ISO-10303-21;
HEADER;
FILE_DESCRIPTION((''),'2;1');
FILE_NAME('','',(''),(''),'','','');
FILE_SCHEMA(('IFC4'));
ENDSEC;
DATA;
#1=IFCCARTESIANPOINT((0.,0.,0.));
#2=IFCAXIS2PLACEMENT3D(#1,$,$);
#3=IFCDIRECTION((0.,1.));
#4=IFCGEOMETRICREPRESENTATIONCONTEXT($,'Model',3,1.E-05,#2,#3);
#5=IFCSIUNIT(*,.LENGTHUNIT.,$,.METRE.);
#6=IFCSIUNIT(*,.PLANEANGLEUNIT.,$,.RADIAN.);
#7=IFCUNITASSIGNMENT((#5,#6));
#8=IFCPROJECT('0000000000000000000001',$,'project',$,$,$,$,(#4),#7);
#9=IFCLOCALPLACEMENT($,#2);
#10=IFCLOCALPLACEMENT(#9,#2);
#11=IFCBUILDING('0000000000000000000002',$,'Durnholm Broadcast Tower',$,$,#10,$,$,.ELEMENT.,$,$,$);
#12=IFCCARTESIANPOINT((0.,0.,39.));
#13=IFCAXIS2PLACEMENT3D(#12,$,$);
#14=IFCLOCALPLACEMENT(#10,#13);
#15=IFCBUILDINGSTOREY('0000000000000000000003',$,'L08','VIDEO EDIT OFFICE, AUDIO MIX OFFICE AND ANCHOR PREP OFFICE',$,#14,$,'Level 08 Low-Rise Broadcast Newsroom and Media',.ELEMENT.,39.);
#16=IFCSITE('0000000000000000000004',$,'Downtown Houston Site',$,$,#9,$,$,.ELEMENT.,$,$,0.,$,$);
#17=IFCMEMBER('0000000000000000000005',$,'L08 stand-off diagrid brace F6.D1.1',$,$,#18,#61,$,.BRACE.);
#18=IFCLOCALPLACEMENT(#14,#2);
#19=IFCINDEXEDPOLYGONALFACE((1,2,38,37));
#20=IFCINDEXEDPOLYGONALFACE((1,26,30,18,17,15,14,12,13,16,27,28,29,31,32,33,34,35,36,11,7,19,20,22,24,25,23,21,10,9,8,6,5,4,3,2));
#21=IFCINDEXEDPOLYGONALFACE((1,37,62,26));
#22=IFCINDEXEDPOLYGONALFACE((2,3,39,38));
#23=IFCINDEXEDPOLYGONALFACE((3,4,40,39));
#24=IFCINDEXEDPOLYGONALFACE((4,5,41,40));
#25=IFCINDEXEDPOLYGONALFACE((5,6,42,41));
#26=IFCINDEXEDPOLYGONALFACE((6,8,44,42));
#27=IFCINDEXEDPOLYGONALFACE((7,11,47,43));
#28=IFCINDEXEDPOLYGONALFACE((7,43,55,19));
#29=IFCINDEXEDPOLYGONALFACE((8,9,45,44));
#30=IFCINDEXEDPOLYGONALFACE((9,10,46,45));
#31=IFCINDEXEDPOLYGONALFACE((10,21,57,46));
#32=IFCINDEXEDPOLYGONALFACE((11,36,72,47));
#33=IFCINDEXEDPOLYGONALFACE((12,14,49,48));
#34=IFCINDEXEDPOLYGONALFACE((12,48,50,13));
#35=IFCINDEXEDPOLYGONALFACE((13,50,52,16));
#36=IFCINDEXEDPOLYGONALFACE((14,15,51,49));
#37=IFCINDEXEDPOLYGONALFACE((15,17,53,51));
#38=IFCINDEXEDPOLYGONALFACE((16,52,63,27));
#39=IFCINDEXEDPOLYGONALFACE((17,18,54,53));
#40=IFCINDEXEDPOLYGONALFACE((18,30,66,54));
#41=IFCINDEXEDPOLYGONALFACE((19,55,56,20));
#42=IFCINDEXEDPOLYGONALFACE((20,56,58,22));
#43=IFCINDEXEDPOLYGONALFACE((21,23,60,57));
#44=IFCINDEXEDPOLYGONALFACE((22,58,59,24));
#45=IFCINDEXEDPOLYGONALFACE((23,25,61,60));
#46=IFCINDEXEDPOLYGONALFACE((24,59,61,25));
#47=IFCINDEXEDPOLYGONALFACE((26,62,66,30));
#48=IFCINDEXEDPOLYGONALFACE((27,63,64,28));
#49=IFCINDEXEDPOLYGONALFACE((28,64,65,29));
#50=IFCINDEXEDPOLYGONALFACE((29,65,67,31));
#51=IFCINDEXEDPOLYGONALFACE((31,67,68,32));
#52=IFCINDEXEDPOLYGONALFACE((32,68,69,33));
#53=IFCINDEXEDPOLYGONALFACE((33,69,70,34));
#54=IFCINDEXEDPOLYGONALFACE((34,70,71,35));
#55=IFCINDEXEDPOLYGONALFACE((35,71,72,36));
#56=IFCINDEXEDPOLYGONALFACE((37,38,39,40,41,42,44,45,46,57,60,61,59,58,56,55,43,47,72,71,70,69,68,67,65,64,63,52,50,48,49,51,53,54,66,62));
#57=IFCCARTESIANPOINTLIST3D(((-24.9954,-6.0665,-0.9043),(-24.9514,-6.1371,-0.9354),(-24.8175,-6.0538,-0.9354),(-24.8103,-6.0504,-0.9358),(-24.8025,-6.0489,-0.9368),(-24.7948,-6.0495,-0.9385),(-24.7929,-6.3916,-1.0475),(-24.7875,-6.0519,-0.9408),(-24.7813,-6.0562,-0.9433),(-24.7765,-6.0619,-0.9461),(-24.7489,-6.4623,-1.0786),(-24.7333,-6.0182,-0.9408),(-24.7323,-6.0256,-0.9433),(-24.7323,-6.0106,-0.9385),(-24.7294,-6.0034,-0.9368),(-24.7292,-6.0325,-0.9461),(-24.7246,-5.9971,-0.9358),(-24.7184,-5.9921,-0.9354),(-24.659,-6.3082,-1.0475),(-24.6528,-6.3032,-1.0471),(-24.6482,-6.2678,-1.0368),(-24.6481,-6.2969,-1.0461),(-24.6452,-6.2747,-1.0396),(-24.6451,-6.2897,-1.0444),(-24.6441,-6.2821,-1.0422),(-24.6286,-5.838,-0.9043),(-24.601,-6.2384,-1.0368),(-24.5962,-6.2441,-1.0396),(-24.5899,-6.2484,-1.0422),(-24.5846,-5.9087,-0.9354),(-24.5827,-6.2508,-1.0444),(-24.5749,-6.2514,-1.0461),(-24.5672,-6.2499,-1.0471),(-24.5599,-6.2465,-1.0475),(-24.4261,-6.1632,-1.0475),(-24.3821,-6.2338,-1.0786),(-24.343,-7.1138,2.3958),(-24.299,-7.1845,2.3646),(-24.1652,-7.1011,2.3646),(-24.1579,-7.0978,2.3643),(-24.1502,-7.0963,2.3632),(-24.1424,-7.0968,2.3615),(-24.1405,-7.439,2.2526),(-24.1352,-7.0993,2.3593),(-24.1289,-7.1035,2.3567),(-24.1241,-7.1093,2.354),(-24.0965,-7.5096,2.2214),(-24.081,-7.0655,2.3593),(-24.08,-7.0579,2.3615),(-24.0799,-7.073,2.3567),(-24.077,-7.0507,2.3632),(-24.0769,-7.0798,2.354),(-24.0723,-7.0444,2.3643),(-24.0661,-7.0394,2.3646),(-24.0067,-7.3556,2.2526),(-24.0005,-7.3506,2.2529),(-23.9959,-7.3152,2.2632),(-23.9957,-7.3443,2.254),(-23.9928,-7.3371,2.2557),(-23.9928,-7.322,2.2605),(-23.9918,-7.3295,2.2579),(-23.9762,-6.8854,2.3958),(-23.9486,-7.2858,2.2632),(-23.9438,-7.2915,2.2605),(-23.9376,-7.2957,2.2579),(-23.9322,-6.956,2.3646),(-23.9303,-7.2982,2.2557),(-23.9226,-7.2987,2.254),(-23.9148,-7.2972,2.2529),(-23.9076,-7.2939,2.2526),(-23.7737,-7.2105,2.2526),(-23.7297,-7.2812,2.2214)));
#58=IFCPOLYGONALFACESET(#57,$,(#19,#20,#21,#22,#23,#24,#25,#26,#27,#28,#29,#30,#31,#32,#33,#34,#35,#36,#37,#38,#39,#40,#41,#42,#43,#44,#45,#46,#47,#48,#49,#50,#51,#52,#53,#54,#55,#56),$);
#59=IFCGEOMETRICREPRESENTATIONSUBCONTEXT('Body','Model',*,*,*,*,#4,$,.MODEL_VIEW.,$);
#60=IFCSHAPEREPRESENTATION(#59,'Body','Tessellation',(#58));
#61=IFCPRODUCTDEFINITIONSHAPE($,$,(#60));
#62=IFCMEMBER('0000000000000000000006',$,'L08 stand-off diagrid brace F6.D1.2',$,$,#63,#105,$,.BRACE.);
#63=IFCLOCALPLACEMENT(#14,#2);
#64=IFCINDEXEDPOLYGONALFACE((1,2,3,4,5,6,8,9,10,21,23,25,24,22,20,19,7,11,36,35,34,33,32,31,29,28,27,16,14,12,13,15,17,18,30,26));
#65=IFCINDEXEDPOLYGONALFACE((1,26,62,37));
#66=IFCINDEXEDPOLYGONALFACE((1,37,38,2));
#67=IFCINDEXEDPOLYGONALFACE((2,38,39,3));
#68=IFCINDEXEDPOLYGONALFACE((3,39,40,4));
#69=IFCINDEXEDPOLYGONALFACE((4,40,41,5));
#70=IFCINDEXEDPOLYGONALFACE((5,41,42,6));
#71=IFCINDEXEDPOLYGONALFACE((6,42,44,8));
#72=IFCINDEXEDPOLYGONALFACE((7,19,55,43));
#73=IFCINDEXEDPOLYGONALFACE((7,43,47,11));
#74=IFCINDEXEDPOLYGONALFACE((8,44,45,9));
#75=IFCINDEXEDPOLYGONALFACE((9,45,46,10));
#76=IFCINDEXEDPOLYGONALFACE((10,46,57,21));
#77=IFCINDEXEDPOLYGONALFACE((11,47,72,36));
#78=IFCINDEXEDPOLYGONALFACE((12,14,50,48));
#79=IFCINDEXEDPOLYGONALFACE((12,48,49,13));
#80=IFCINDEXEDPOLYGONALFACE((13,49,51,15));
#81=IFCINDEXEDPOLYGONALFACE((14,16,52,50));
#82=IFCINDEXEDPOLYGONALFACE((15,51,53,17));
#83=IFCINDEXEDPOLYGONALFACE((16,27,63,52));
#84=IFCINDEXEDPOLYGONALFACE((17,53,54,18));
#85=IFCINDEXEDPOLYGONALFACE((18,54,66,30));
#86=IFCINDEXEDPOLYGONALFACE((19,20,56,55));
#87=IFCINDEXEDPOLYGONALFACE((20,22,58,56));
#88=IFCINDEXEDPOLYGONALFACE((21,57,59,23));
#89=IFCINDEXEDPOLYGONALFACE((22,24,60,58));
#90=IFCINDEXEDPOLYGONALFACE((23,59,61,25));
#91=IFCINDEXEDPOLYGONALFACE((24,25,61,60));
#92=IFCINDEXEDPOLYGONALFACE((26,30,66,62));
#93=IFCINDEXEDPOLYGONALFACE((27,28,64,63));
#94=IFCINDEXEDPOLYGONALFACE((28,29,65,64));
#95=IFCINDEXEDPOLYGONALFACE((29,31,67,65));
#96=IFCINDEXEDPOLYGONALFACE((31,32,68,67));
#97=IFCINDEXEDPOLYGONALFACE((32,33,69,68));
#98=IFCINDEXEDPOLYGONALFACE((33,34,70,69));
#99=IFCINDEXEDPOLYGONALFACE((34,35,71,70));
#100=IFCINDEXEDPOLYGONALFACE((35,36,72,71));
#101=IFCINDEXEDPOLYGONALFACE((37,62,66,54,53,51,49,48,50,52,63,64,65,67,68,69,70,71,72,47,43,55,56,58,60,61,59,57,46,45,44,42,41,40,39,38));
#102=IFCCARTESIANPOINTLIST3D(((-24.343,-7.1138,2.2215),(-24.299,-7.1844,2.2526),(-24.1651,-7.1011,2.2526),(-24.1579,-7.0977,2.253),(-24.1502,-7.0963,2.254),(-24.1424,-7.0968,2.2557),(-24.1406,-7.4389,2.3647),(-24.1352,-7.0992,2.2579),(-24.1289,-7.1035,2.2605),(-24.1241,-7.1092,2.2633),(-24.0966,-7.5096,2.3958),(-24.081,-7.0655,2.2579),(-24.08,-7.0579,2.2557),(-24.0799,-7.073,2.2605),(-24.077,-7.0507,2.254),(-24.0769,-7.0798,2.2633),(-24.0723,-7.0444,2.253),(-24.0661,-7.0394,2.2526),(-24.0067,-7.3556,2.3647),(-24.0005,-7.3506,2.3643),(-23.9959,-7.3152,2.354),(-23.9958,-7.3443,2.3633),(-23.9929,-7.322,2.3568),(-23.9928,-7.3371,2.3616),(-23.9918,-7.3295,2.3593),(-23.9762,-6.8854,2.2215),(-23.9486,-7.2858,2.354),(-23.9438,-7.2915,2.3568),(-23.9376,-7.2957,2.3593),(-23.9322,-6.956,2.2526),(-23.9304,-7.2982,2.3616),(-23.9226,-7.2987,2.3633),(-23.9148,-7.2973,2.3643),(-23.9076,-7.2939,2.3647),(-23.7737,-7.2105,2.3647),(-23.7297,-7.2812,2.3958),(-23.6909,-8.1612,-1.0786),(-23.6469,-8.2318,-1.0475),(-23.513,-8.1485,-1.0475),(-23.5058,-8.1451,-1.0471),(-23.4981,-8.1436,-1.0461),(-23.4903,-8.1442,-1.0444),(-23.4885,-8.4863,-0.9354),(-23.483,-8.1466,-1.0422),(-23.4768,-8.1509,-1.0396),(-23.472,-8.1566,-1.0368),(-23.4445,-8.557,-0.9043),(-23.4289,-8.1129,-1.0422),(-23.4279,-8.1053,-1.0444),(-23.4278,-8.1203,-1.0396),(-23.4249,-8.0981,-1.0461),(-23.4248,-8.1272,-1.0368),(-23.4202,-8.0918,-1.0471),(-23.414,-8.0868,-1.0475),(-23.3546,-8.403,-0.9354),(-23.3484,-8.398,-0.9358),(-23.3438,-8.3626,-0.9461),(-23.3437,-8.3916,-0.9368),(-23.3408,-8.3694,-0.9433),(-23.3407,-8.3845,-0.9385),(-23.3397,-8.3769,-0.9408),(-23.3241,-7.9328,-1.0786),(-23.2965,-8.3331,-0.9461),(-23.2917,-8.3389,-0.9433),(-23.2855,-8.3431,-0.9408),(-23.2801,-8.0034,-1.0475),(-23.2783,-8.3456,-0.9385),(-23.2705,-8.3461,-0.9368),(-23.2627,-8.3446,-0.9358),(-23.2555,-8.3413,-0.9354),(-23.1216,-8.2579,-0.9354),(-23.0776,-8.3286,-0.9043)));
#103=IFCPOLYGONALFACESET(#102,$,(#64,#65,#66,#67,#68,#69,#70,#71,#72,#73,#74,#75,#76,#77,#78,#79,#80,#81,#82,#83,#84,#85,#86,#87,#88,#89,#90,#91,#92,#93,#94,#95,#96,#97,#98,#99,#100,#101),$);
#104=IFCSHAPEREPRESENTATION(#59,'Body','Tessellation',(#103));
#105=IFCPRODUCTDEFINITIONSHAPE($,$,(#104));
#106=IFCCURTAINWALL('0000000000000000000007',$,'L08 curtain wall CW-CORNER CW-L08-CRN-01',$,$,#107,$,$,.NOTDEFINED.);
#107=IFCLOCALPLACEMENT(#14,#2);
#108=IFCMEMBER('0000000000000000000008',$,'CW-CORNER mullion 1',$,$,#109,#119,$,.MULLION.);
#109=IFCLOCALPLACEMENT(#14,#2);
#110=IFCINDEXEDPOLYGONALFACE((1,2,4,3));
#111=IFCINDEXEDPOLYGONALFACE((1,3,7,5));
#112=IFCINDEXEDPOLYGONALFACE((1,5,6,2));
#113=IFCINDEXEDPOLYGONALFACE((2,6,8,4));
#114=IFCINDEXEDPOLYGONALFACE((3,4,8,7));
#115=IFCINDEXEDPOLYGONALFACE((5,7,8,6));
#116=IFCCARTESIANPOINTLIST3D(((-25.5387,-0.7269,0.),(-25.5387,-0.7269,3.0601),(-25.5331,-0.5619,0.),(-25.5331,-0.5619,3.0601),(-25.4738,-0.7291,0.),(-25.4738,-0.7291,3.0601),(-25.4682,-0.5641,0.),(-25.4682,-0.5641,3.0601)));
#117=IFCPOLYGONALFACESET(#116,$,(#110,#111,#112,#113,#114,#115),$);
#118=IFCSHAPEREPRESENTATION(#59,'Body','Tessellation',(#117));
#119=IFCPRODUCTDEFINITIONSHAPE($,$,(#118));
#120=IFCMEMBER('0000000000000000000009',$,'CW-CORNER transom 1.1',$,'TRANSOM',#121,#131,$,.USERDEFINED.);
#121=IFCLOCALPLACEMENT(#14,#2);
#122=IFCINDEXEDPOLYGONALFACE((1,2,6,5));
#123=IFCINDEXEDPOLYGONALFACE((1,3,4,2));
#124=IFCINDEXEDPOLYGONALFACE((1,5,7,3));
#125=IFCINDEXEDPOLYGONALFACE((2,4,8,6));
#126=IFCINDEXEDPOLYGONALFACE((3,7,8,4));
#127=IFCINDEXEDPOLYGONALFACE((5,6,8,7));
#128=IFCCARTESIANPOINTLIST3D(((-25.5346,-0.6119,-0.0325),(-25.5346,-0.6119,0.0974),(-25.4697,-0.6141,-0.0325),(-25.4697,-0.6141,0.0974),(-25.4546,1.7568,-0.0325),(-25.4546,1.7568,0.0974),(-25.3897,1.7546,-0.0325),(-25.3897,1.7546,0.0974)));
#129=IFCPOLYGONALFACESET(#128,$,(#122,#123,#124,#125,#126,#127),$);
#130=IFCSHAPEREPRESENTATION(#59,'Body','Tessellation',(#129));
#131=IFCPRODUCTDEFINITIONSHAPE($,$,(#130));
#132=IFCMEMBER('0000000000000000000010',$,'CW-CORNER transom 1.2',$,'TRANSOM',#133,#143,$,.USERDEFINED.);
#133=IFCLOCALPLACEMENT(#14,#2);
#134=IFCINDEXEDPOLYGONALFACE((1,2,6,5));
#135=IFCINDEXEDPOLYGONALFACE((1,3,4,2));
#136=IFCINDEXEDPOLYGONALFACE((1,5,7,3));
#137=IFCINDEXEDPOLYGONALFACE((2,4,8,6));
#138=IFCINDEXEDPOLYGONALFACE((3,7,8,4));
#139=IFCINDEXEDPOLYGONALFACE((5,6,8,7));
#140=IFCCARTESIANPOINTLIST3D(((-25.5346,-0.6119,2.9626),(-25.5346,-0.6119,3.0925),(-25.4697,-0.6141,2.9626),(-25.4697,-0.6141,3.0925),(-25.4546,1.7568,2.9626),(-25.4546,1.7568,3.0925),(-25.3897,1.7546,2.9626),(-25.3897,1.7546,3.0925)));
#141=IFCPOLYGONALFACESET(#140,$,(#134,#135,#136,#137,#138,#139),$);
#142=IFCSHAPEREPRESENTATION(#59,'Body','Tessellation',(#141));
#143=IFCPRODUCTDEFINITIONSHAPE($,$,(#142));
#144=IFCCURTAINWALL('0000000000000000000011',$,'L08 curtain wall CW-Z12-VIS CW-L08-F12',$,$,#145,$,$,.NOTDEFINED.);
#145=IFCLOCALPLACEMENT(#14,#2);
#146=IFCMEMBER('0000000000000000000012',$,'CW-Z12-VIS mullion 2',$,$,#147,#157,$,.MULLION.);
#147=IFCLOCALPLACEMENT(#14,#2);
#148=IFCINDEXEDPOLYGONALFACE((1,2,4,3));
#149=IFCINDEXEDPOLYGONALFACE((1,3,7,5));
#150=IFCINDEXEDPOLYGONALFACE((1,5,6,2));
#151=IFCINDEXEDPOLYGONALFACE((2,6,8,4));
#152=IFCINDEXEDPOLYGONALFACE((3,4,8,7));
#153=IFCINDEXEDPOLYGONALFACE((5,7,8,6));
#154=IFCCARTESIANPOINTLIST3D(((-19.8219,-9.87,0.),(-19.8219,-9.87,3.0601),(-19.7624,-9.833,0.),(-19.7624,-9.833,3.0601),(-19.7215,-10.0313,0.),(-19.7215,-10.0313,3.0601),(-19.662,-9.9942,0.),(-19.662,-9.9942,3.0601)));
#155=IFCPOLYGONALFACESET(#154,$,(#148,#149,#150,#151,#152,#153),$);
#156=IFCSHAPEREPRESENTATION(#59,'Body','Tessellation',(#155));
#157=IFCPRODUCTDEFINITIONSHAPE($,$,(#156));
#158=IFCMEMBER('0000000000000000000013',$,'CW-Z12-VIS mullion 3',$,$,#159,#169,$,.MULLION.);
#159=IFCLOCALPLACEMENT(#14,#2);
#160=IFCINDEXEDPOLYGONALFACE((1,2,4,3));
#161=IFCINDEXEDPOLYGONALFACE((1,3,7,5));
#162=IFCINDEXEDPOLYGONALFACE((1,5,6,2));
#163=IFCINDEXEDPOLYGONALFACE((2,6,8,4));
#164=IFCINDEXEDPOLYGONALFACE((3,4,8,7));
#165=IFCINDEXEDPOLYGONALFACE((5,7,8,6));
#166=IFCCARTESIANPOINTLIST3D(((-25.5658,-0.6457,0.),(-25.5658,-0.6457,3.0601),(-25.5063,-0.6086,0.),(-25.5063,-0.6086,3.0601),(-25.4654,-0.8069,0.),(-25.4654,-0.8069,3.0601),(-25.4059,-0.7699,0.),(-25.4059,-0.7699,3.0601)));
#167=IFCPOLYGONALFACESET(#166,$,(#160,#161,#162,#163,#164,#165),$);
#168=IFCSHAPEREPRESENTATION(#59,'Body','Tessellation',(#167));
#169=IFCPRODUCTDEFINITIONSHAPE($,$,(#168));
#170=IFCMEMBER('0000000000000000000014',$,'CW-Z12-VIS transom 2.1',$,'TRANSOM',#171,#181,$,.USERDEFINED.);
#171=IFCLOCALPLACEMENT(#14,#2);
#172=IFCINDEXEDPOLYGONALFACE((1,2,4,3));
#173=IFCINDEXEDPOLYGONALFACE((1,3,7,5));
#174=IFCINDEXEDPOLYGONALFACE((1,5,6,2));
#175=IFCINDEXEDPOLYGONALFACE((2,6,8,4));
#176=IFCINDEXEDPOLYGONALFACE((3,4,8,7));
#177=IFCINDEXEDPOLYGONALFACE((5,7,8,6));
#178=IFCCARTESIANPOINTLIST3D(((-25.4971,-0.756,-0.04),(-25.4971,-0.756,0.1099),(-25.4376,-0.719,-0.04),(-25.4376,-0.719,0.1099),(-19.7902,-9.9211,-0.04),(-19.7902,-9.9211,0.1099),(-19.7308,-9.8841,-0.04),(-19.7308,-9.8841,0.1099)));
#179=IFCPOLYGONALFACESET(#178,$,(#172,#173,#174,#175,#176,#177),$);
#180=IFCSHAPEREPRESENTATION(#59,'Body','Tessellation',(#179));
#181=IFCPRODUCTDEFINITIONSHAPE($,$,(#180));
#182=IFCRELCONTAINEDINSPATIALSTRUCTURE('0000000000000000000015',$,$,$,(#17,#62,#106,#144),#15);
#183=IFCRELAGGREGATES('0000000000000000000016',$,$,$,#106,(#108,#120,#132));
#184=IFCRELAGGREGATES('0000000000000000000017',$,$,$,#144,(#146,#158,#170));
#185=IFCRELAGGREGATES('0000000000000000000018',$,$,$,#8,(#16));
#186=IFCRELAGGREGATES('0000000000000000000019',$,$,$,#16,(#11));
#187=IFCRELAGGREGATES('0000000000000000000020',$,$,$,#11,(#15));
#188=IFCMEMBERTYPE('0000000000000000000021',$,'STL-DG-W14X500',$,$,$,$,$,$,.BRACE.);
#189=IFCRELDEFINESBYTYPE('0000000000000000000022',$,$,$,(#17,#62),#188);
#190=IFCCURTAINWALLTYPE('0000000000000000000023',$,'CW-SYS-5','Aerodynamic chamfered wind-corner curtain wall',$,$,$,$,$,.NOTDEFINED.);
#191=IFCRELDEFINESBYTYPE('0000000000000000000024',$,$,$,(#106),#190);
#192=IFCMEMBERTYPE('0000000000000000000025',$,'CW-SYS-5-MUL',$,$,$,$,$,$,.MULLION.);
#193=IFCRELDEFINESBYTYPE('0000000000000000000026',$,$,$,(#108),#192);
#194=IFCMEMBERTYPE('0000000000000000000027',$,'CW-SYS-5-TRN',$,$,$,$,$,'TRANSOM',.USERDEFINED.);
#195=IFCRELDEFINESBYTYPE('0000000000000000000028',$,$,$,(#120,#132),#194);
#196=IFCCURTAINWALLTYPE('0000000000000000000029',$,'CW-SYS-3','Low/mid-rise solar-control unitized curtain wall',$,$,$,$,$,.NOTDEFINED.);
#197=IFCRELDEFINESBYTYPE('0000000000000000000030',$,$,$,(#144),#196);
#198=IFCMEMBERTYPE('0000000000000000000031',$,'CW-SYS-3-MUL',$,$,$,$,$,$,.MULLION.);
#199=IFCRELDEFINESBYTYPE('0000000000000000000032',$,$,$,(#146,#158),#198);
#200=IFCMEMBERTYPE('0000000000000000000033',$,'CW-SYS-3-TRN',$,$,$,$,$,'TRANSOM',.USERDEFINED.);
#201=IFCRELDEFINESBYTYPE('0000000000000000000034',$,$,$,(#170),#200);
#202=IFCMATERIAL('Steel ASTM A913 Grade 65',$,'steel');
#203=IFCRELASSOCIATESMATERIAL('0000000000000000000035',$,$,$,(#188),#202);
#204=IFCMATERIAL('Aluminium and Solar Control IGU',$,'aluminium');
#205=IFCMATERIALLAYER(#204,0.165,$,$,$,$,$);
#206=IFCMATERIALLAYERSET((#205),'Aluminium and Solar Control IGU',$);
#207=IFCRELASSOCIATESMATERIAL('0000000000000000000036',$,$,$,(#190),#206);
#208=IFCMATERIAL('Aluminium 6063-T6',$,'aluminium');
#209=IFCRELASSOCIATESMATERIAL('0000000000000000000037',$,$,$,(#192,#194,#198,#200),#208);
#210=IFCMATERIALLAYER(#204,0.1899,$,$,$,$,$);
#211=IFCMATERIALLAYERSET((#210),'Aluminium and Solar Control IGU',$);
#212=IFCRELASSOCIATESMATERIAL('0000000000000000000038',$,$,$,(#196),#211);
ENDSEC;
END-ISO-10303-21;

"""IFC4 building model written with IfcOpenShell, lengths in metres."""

from ifc_helpers import new_model, si_unit, direction, frame, origin, origin_2d, place, context, subcontext, project, spatial, rectangle, i_section, extrude, source, transform, mapped, material, layer, layer_set, material_profile, profile_set, type_object, type_shapes, element, aggregate, save


model = new_model("IFC4")

# Units and contexts
model_context = context("Model", 3, precision=1e-05, world=origin(), true_north=direction((0.0, 1.0)))
body_context = subcontext(model_context, "Body", "Model", "MODEL_VIEW")
ifc_project = project(units=[si_unit("LENGTHUNIT", "METRE"), si_unit("PLANEANGLEUNIT", "RADIAN")], contexts=[model_context])

# Site, building, storey
site_placement = place(None, origin())
site = spatial("IfcSite", under=ifc_project, at=site_placement, Name="Downtown Houston Site", CompositionType="ELEMENT", RefElevation=0.0)
building_placement = place(site_placement, origin())
building = spatial("IfcBuilding", under=site, at=building_placement, Name="Durnholm Broadcast Tower", CompositionType="ELEMENT")
storey_placement = place(building_placement, frame((0.0, 0.0, 39.0)))
storey = spatial("IfcBuildingStorey", under=building, at=storey_placement, Name="L08", Description="VIDEO EDIT OFFICE, AUDIO MIX OFFICE AND ANCHOR PREP OFFICE", LongName="Level 08 Low-Rise Broadcast Newsroom and Media", CompositionType="ELEMENT", Elevation=39.0)

# Members
ifc_material_1 = material(Name="Steel ASTM A913 Grade 65", Category="steel")
ifc_material_profile_1 = material_profile(ifc_material_1, i_section(OverallWidth=0.4321, OverallDepth=0.4978, WebThickness=0.0557, FlangeThickness=0.0889, FilletRadius=0.0305, at=origin_2d()), Name="W14X500")
ifc_profile_set_1 = profile_set([ifc_material_profile_1], Name="Steel ASTM A913 Grade 65")
member_type_1 = type_object("IfcMemberType", Name="STL-DG-W14X500", PredefinedType="BRACE", material=ifc_profile_set_1)
shared_shape_1 = source(origin(), body_context, "Body", "SweptSolid", [
    extrude(i_section(OverallWidth=0.4321, OverallDepth=0.4978, WebThickness=0.0557, FlangeThickness=0.0889, FilletRadius=0.0305, at=origin_2d()), origin(), (0.0, 0.0, 1.0), 3.5232),
])
type_shapes(member_type_1, [shared_shape_1])
for number, where, z_axis, x_axis, name in (
    (1, (-24.6887, -6.1501, -0.9915), (0.185157, -0.297277, 0.936666), (0.84882, 0.528682, 0.0), "L08 stand-off diagrid brace F6.D1.1"),
    (2, (-23.3843, -8.2449, -0.9915), (-0.18509, 0.297281, 0.936678), (-0.848909, -0.52854, 0.0), "L08 stand-off diagrid brace F6.D1.2"),
):
    element("IfcMember", number, at=place(storey_placement, frame(where, z_axis=z_axis, x_axis=x_axis)), inside=storey, type_object=member_type_1, Name=name, PredefinedType="BRACE", context=body_context, shape_type="MappedRepresentation", body=[
        mapped(shared_shape_1, transform((0.0, 0.0, 0.0), x_axis=(1.0, 0.0, 0.0), y_axis=(0.0, 1.0, 0.0), z_axis=(0.0, 0.0, 1.0), scale=1.0)),
    ])

# Curtain walls, members
ifc_material_2 = material(Name="Aluminium and Solar Control IGU", Category="aluminium")
ifc_layer_1 = layer(ifc_material_2, 0.165)
ifc_layer_set_1 = layer_set([ifc_layer_1], Name="Aluminium and Solar Control IGU")
curtain_wall_type_1 = type_object("IfcCurtainWallType", Name="CW-SYS-5", Description="Aerodynamic chamfered wind-corner curtain wall", PredefinedType="NOTDEFINED", material=ifc_layer_set_1)
curtain_wall_1_placement = place(storey_placement, origin())
curtain_wall_1 = element("IfcCurtainWall", 3, at=curtain_wall_1_placement, inside=storey, type_object=curtain_wall_type_1, Name="L08 curtain wall CW-CORNER CW-L08-CRN-01", PredefinedType="NOTDEFINED")
ifc_material_3 = material(Name="Aluminium 6063-T6", Category="aluminium")
ifc_material_profile_2 = material_profile(ifc_material_3, rectangle(XDim=0.0649, YDim=0.165, at=origin_2d()), Name="CWM65X165")
ifc_profile_set_2 = profile_set([ifc_material_profile_2], Name="Aluminium 6063-T6")
member_type_2 = type_object("IfcMemberType", Name="CW-SYS-5-MUL", PredefinedType="MULLION", material=ifc_profile_set_2)
shared_shape_2 = source(origin(), body_context, "Body", "SweptSolid", [
    extrude(rectangle(XDim=0.0649, YDim=0.165, at=origin_2d()), origin(), (0.0, 0.0, 1.0), 3.0601),
])
type_shapes(member_type_2, [shared_shape_2])
member_1_placement = place(storey_placement, frame((-25.5034, -0.6455, 0.0), z_axis=(0.0, 0.0, 1.0), x_axis=(-0.999427, 0.03384, 0.0)))
member_1 = element("IfcMember", 4, at=member_1_placement, type_object=member_type_2, Name="CW-CORNER mullion 1", PredefinedType="MULLION", context=body_context, shape_type="MappedRepresentation", body=[
    mapped(shared_shape_2, transform((0.0, 0.0, 0.0), x_axis=(1.0, 0.0, 0.0), y_axis=(0.0, 1.0, 0.0), z_axis=(0.0, 0.0, 1.0), scale=1.0)),
])
ifc_material_profile_3 = material_profile(ifc_material_3, rectangle(XDim=0.0649, YDim=0.1299, at=origin_2d()), Name="CWT65X130")
ifc_profile_set_3 = profile_set([ifc_material_profile_3], Name="Aluminium 6063-T6")
member_type_3 = type_object("IfcMemberType", Name="CW-SYS-5-TRN", ElementType="TRANSOM", PredefinedType="USERDEFINED", material=ifc_profile_set_3)
shared_shape_3 = source(origin(), body_context, "Body", "SweptSolid", [
    extrude(rectangle(XDim=0.0649, YDim=0.1299, at=origin_2d()), origin(), (0.0, 0.0, 1.0), 2.3701),
])
type_shapes(member_type_3, [shared_shape_3])
member_2_placement = place(storey_placement, frame((-25.5022, -0.613, 0.0325), z_axis=(0.033788, 0.999429, 0.0), x_axis=(-0.999429, 0.033788, 0.0)))
member_2 = element("IfcMember", 5, at=member_2_placement, type_object=member_type_3, Name="CW-CORNER transom 1.1", ObjectType="TRANSOM", PredefinedType="USERDEFINED", context=body_context, shape_type="MappedRepresentation", body=[
    mapped(shared_shape_3, transform((0.0, 0.0, 0.0), x_axis=(1.0, 0.0, 0.0), y_axis=(0.0, 1.0, 0.0), z_axis=(0.0, 0.0, 1.0), scale=1.0)),
])
member_3_placement = place(storey_placement, frame((-25.5022, -0.613, 3.0276), z_axis=(0.033788, 0.999429, 0.0), x_axis=(-0.999429, 0.033788, 0.0)))
member_3 = element("IfcMember", 6, at=member_3_placement, type_object=member_type_3, Name="CW-CORNER transom 1.2", ObjectType="TRANSOM", PredefinedType="USERDEFINED", context=body_context, shape_type="MappedRepresentation", body=[
    mapped(shared_shape_3, transform((0.0, 0.0, 0.0), x_axis=(1.0, 0.0, 0.0), y_axis=(0.0, 1.0, 0.0), z_axis=(0.0, 0.0, 1.0), scale=1.0)),
])
aggregate(curtain_wall_1, [member_1, member_2, member_3])
ifc_layer_2 = layer(ifc_material_2, 0.1899)
ifc_layer_set_2 = layer_set([ifc_layer_2], Name="Aluminium and Solar Control IGU")
curtain_wall_type_2 = type_object("IfcCurtainWallType", Name="CW-SYS-3", Description="Low/mid-rise solar-control unitized curtain wall", PredefinedType="NOTDEFINED", material=ifc_layer_set_2)
curtain_wall_2_placement = place(storey_placement, origin())
curtain_wall_2 = element("IfcCurtainWall", 7, at=curtain_wall_2_placement, inside=storey, type_object=curtain_wall_type_2, Name="L08 curtain wall CW-Z12-VIS CW-L08-F12", PredefinedType="NOTDEFINED")
ifc_material_profile_4 = material_profile(ifc_material_3, rectangle(XDim=0.0701, YDim=0.1899, at=origin_2d()), Name="CWM70X190")
ifc_profile_set_4 = profile_set([ifc_material_profile_4], Name="Aluminium 6063-T6")
member_type_4 = type_object("IfcMemberType", Name="CW-SYS-3-MUL", PredefinedType="MULLION", material=ifc_profile_set_4)
shared_shape_4 = source(origin(), body_context, "Body", "SweptSolid", [
    extrude(rectangle(XDim=0.0701, YDim=0.1899, at=origin_2d()), origin(), (0.0, 0.0, 1.0), 3.0601),
])
type_shapes(member_type_4, [shared_shape_4])
member_4_placement = place(storey_placement, frame((-19.7419, -9.9321, 0.0), z_axis=(0.0, 0.0, 1.0), x_axis=(-0.848876, -0.528592, 0.0)))
member_4 = element("IfcMember", 8, at=member_4_placement, type_object=member_type_4, Name="CW-Z12-VIS mullion 2", PredefinedType="MULLION", context=body_context, shape_type="MappedRepresentation", body=[
    mapped(shared_shape_4, transform((0.0, 0.0, 0.0), x_axis=(1.0, 0.0, 0.0), y_axis=(0.0, 1.0, 0.0), z_axis=(0.0, 0.0, 1.0), scale=1.0)),
])
member_5_placement = place(storey_placement, frame((-25.4858, -0.7078, 0.0), z_axis=(0.0, 0.0, 1.0), x_axis=(-0.848876, -0.528592, 0.0)))
member_5 = element("IfcMember", 9, at=member_5_placement, type_object=member_type_4, Name="CW-Z12-VIS mullion 3", PredefinedType="MULLION", context=body_context, shape_type="MappedRepresentation", body=[
    mapped(shared_shape_4, transform((0.0, 0.0, 0.0), x_axis=(1.0, 0.0, 0.0), y_axis=(0.0, 1.0, 0.0), z_axis=(0.0, 0.0, 1.0), scale=1.0)),
])
ifc_material_profile_5 = material_profile(ifc_material_3, rectangle(XDim=0.0701, YDim=0.1499, at=origin_2d()), Name="CWT70X150")
ifc_profile_set_5 = profile_set([ifc_material_profile_5], Name="Aluminium 6063-T6")
member_type_5 = type_object("IfcMemberType", Name="CW-SYS-3-TRN", ElementType="TRANSOM", PredefinedType="USERDEFINED", material=ifc_profile_set_5)
shared_shape_5 = source(origin(), body_context, "Body", "SweptSolid", [
    extrude(rectangle(XDim=0.0701, YDim=0.1499, at=origin_2d()), origin(), (0.0, 0.0, 1.0), 10.7966),
])
type_shapes(member_type_5, [shared_shape_5])
member_6_placement = place(storey_placement, frame((-19.7605, -9.9026, 0.0349), z_axis=(-0.528575, 0.848886, 0.0), x_axis=(-0.848886, -0.528575, 0.0)))
member_6 = element("IfcMember", 10, at=member_6_placement, type_object=member_type_5, Name="CW-Z12-VIS transom 2.1", ObjectType="TRANSOM", PredefinedType="USERDEFINED", context=body_context, shape_type="MappedRepresentation", body=[
    mapped(shared_shape_5, transform((0.0, 0.0, 0.0), x_axis=(1.0, 0.0, 0.0), y_axis=(0.0, 1.0, 0.0), z_axis=(0.0, 0.0, 1.0), scale=1.0)),
])

aggregate(curtain_wall_2, [member_4, member_5, member_6])

save(model, "model.ifc")
